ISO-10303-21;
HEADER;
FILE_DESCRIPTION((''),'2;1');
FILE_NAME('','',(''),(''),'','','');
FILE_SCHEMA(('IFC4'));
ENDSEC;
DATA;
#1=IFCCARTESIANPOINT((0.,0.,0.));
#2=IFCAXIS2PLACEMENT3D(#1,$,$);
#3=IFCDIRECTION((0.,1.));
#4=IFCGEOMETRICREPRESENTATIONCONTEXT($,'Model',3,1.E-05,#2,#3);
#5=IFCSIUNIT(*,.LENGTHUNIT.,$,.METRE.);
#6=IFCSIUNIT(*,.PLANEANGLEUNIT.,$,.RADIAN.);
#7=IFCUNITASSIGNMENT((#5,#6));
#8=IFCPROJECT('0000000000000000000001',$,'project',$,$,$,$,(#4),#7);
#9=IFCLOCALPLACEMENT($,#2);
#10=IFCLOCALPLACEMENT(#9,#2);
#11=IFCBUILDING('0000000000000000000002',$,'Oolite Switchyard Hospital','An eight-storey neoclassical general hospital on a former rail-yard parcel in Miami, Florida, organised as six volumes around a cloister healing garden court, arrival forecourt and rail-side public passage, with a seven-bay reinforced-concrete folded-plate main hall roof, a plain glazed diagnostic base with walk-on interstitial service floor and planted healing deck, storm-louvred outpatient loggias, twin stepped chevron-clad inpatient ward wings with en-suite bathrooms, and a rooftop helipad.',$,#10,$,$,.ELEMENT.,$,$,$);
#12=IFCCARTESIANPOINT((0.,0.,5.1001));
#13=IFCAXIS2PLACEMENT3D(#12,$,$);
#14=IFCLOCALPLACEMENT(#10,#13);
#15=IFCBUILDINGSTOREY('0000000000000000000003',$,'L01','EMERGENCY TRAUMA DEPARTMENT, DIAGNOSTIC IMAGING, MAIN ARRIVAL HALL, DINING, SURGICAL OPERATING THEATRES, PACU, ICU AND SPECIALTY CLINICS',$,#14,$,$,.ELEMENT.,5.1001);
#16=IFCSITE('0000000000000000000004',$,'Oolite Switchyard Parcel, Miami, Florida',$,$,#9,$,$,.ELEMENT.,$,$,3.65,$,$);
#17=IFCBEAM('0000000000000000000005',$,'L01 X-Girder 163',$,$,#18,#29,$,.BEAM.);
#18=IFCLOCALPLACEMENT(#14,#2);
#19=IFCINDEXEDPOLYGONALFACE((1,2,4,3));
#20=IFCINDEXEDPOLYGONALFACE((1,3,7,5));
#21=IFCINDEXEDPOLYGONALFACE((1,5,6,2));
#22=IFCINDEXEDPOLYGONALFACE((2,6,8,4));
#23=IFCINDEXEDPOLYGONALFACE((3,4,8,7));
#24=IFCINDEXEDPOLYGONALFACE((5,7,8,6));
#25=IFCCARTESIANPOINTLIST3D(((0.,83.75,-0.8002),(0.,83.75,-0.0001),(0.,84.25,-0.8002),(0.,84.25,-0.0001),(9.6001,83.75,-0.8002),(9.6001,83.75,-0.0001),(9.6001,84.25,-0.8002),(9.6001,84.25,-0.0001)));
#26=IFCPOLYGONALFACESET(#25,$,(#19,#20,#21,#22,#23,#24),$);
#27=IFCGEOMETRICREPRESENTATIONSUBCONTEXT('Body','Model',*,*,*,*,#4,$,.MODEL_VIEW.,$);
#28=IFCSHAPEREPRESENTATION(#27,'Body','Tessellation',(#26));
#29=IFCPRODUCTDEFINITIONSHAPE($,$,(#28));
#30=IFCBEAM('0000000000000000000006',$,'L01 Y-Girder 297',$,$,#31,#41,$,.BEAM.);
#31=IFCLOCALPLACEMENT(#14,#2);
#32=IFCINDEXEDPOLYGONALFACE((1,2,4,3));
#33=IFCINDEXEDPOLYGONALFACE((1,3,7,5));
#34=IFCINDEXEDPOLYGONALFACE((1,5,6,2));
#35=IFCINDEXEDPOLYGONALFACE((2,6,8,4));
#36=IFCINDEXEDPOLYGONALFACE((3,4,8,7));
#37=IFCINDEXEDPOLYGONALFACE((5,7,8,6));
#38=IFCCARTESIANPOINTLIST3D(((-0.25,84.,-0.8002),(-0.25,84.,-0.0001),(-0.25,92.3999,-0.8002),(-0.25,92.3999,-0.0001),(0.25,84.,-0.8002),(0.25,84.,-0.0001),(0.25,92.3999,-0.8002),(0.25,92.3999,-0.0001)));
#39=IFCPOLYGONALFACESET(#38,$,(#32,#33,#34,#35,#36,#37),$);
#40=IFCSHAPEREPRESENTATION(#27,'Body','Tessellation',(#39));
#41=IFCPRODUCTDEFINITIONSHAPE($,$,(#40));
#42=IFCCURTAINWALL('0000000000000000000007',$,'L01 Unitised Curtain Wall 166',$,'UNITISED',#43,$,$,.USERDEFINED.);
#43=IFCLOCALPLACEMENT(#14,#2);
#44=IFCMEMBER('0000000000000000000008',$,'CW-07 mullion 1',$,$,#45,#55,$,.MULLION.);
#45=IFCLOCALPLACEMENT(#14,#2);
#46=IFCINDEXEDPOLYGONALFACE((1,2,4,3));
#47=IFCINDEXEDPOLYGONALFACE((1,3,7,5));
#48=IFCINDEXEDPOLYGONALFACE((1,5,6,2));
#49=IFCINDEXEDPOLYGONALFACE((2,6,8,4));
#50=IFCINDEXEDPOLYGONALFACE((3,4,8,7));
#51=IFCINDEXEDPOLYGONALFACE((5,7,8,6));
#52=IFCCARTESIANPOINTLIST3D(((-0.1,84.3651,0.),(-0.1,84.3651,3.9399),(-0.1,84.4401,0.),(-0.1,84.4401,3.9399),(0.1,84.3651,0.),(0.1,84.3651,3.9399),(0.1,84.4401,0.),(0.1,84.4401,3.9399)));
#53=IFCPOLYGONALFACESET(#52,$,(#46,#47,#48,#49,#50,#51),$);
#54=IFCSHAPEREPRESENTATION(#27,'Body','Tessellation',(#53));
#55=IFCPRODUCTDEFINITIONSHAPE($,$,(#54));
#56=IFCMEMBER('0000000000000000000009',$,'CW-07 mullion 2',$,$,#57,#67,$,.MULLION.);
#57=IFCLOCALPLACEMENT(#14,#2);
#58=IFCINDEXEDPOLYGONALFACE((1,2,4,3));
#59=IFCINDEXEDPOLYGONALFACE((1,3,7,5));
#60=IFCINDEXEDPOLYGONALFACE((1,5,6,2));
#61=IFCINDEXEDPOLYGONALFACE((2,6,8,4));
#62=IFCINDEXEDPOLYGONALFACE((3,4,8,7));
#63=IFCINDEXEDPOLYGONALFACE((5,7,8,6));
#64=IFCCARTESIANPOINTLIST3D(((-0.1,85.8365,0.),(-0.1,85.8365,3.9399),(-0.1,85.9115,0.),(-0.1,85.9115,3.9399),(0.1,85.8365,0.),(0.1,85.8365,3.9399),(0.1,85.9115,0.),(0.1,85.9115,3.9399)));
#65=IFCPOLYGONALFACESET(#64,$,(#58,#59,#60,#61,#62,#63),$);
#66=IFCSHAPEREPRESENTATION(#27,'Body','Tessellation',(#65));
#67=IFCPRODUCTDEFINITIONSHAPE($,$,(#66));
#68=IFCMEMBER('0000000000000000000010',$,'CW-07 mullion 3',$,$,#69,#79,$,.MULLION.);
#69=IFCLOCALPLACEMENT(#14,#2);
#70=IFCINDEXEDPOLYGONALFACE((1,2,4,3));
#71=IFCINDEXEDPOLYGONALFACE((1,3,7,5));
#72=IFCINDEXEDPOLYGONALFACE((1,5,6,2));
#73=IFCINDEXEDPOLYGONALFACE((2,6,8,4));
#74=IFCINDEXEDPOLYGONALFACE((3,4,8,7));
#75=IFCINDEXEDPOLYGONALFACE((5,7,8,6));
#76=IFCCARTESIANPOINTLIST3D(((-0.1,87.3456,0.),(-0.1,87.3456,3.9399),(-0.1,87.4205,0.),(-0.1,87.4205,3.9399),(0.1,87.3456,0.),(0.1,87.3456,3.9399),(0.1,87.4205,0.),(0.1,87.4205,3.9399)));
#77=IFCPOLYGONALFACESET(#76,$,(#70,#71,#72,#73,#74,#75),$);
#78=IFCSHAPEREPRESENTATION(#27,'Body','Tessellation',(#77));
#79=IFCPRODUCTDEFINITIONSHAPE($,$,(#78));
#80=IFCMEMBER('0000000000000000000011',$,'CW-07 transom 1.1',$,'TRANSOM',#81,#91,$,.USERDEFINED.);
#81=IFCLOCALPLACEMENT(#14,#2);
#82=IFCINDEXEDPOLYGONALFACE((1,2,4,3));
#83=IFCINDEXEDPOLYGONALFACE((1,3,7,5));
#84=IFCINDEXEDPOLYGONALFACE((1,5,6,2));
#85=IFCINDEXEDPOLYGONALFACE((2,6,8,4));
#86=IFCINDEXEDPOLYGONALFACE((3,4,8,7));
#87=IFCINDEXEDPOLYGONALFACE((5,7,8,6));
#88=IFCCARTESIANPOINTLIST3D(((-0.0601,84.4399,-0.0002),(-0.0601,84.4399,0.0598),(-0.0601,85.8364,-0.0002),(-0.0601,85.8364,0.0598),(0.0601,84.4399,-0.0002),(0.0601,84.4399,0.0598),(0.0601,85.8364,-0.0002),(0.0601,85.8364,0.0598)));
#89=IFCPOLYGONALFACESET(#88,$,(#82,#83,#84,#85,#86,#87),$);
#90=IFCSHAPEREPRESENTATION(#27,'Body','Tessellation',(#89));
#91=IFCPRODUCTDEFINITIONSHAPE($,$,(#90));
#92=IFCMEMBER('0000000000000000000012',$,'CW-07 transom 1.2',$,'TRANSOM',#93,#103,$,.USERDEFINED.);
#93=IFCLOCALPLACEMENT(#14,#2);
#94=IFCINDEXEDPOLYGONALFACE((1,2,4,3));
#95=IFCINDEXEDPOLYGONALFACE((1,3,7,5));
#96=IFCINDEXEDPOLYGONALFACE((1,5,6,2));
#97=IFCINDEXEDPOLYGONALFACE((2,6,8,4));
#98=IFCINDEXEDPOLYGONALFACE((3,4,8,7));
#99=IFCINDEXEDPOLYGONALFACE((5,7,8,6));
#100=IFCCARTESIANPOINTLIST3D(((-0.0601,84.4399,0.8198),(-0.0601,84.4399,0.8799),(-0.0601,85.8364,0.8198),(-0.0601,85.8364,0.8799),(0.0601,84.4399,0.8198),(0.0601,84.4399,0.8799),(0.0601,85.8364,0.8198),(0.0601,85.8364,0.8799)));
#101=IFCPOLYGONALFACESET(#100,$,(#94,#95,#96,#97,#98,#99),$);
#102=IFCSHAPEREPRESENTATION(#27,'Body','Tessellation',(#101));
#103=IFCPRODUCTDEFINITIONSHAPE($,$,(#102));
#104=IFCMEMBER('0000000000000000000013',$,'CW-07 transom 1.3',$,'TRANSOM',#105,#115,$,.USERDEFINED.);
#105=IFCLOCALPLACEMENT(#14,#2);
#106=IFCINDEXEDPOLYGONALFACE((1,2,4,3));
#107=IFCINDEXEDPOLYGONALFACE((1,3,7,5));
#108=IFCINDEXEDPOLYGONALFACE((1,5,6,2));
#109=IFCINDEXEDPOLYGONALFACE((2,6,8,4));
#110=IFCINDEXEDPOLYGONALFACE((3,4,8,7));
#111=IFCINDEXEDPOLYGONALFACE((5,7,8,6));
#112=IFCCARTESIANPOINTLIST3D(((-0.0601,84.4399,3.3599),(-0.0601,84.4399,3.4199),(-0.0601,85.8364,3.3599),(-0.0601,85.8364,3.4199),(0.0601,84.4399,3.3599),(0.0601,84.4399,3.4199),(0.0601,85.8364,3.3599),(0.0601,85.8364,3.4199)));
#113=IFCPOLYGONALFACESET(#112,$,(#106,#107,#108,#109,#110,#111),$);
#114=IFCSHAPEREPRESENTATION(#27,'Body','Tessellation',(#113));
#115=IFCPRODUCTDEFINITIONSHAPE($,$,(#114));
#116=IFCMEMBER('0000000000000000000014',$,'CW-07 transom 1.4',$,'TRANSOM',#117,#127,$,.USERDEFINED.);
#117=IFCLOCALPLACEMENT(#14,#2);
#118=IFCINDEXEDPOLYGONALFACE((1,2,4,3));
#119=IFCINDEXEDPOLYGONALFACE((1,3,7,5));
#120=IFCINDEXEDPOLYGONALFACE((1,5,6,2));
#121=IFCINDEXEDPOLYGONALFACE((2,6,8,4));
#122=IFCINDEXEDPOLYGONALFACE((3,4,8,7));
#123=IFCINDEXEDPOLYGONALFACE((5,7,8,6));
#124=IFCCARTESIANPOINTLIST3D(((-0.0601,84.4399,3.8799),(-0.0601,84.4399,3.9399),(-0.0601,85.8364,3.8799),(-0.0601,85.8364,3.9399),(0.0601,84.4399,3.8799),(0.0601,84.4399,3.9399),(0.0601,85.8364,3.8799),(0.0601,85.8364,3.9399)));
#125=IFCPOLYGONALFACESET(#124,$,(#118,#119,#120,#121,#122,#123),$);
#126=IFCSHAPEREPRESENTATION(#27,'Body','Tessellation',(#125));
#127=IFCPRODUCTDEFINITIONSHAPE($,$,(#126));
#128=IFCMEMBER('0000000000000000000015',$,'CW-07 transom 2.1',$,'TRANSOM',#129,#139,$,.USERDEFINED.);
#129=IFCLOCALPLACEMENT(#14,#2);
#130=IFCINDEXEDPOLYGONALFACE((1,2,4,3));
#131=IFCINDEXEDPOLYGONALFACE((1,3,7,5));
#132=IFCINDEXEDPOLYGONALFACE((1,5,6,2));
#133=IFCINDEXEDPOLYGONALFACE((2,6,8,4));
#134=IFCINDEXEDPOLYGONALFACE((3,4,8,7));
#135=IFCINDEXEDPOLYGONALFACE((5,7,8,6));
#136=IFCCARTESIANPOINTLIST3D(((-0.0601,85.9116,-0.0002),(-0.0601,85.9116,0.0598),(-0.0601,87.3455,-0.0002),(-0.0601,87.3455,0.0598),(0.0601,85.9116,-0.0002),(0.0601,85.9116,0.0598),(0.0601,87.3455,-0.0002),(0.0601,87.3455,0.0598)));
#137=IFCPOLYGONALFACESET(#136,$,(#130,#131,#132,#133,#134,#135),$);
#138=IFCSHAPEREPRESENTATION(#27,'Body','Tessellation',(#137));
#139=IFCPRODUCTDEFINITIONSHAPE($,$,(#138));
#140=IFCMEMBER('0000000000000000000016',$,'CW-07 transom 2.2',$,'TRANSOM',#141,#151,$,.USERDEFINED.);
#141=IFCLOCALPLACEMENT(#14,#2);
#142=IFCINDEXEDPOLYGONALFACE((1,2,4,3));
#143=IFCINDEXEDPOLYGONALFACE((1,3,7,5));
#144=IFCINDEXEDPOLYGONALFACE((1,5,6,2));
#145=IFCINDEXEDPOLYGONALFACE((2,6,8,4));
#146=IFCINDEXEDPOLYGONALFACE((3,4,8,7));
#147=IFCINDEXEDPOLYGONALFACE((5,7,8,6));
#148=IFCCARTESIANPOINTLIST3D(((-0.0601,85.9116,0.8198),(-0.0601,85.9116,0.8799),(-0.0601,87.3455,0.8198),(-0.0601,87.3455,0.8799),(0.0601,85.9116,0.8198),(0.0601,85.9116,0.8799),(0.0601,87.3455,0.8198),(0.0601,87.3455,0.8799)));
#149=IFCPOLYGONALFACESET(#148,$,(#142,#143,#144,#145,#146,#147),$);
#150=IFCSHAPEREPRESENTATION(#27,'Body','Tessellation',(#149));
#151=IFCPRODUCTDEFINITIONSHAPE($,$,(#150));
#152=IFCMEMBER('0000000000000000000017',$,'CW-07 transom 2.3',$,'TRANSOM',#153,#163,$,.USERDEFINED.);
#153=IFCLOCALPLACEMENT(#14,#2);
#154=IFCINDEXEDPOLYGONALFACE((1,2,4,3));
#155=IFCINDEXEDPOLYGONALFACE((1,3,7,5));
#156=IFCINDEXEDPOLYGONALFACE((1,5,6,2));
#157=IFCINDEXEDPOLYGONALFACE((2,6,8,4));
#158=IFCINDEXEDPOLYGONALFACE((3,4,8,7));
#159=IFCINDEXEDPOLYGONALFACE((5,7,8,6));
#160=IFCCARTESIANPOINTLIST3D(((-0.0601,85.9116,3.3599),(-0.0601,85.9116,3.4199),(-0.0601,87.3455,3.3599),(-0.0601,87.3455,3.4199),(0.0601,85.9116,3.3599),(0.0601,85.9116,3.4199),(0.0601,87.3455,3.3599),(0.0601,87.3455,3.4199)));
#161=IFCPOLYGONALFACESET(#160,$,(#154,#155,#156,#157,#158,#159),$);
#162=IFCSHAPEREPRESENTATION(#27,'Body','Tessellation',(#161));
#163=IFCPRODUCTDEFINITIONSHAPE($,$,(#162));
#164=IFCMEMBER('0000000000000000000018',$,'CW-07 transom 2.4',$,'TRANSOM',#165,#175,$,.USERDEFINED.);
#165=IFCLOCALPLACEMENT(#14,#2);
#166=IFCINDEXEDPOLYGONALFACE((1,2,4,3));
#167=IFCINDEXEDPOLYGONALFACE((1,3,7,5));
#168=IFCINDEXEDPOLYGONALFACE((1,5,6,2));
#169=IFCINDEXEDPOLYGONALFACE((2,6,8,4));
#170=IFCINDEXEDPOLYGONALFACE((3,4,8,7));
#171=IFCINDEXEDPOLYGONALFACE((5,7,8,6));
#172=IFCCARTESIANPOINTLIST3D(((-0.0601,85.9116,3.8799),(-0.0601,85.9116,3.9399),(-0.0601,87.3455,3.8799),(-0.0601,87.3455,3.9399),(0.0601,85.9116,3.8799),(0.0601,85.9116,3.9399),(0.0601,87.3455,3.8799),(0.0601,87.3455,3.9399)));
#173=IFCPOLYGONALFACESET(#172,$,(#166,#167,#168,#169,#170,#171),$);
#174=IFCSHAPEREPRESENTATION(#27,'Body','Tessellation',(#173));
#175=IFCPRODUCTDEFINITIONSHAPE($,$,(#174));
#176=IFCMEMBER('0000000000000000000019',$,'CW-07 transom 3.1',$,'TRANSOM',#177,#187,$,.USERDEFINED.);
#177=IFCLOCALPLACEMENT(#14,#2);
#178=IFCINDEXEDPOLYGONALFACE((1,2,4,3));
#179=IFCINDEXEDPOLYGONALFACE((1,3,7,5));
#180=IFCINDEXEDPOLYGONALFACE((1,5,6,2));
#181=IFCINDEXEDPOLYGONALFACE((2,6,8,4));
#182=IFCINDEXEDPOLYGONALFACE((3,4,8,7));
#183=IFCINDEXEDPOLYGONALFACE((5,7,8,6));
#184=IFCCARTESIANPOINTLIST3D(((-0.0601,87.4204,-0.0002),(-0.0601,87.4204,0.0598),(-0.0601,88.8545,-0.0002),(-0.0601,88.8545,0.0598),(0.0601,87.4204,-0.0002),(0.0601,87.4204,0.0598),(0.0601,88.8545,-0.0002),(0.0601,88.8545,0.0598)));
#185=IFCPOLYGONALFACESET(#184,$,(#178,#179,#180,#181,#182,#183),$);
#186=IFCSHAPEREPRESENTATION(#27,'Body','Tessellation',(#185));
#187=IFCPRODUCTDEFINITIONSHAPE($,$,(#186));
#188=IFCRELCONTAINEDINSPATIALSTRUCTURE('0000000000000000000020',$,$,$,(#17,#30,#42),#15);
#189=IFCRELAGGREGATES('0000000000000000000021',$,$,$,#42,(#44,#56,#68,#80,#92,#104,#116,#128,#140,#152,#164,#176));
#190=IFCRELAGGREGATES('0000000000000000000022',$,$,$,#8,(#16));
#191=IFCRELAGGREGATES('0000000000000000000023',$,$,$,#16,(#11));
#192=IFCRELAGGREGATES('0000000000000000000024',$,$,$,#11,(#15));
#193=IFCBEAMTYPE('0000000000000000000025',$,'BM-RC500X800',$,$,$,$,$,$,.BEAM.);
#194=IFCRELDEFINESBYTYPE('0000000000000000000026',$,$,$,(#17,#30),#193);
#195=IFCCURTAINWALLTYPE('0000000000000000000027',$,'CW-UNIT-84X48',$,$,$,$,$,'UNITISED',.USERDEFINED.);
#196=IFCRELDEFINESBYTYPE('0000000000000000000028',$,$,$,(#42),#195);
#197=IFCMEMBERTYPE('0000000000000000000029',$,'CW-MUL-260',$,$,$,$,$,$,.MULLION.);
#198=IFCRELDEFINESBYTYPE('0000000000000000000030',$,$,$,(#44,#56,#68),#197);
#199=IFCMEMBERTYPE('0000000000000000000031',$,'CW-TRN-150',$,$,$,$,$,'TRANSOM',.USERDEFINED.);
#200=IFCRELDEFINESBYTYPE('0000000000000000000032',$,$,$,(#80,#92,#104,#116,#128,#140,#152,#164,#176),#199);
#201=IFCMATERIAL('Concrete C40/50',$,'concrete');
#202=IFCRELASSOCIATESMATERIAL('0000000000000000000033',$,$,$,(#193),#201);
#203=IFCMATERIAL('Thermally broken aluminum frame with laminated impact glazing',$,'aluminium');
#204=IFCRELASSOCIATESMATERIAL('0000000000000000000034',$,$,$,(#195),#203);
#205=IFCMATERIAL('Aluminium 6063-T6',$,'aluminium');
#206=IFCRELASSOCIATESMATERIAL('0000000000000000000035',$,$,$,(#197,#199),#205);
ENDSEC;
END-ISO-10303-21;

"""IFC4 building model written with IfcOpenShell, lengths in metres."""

from ifc_helpers import new_model, si_unit, direction, frame, origin, origin_2d, place, context, subcontext, project, spatial, rectangle, extrude, material, material_profile, profile_set, type_object, element, aggregate, save


model = new_model("IFC4")

# Units and contexts
model_context = context("Model", 3, precision=1e-05, world=origin(), true_north=direction((0.0, 1.0)))
body_context = subcontext(model_context, "Body", "Model", "MODEL_VIEW")
ifc_project = project(units=[si_unit("LENGTHUNIT", "METRE"), si_unit("PLANEANGLEUNIT", "RADIAN")], contexts=[model_context])

# Site, building, storey
site_placement = place(None, origin())
site = spatial("IfcSite", under=ifc_project, at=site_placement, Name="Oolite Switchyard Parcel, Miami, Florida", CompositionType="ELEMENT", RefElevation=3.65)
building_placement = place(site_placement, origin())
building = spatial("IfcBuilding", under=site, at=building_placement, Name="Oolite Switchyard Hospital", Description="An eight-storey neoclassical general hospital on a former rail-yard parcel in Miami, Florida, organised as six volumes around a cloister healing garden court, arrival forecourt and rail-side public passage, with a seven-bay reinforced-concrete folded-plate main hall roof, a plain glazed diagnostic base with walk-on interstitial service floor and planted healing deck, storm-louvred outpatient loggias, twin stepped chevron-clad inpatient ward wings with en-suite bathrooms, and a rooftop helipad.", CompositionType="ELEMENT")
storey_placement = place(building_placement, frame((0.0, 0.0, 5.1001)))
storey = spatial("IfcBuildingStorey", under=building, at=storey_placement, Name="L01", Description="EMERGENCY TRAUMA DEPARTMENT, DIAGNOSTIC IMAGING, MAIN ARRIVAL HALL, DINING, SURGICAL OPERATING THEATRES, PACU, ICU AND SPECIALTY CLINICS", CompositionType="ELEMENT", Elevation=5.1001)

# Beams
ifc_material_1 = material(Name="Concrete C40/50", Category="concrete")
ifc_material_profile_1 = material_profile(ifc_material_1, rectangle(XDim=0.5, YDim=0.8, at=origin_2d()), Name="RCB500X800")
ifc_profile_set_1 = profile_set([ifc_material_profile_1], Name="Concrete C40/50")
beam_type = type_object("IfcBeamType", Name="BM-RC500X800", PredefinedType="BEAM", material=ifc_profile_set_1)
beam_1_placement = place(storey_placement, frame((0.0, 84.0, -0.4001), z_axis=(1.0, 0.0, 0.0), x_axis=(0.0, 1.0, 0.0)))
element("IfcBeam", 1, at=beam_1_placement, inside=storey, type_object=beam_type, Name="L01 X-Girder 163", PredefinedType="BEAM", context=body_context, shape_type="SweptSolid", body=[
    extrude(rectangle(XDim=0.5, YDim=0.8, at=origin_2d()), origin(), (0.0, 0.0, 1.0), 9.6001),
])
beam_2_placement = place(storey_placement, frame((0.0, 84.0, -0.4001), z_axis=(0.0, 1.0, 0.0), x_axis=(-1.0, 0.0, 0.0)))
element("IfcBeam", 2, at=beam_2_placement, inside=storey, type_object=beam_type, Name="L01 Y-Girder 297", PredefinedType="BEAM", context=body_context, shape_type="SweptSolid", body=[
    extrude(rectangle(XDim=0.5, YDim=0.8, at=origin_2d()), origin(), (0.0, 0.0, 1.0), 8.3999),
])

# Curtain wall, members
ifc_material_2 = material(Name="Thermally broken aluminum frame with laminated impact glazing", Category="aluminium")
curtain_wall_type = type_object("IfcCurtainWallType", Name="CW-UNIT-84X48", ElementType="UNITISED", PredefinedType="USERDEFINED", material=ifc_material_2)
curtain_wall_placement = place(storey_placement, origin())
curtain_wall = element("IfcCurtainWall", 3, at=curtain_wall_placement, inside=storey, type_object=curtain_wall_type, Name="L01 Unitised Curtain Wall 166", ObjectType="UNITISED", PredefinedType="USERDEFINED")
ifc_material_3 = material(Name="Aluminium 6063-T6", Category="aluminium")
ifc_material_profile_2 = material_profile(ifc_material_3, rectangle(XDim=0.2, YDim=0.075, at=origin_2d()), Name="CWM75X200")
ifc_profile_set_2 = profile_set([ifc_material_profile_2], Name="Aluminium 6063-T6")
member_type_1 = type_object("IfcMemberType", Name="CW-MUL-260", PredefinedType="MULLION", material=ifc_profile_set_2)
member_1_placement = place(storey_placement, frame((0.0, 84.4026, 0.0), z_axis=(0.0, 0.0, 1.0), x_axis=(-1.0, 0.0, 0.0)))
member_1 = element("IfcMember", 4, at=member_1_placement, type_object=member_type_1, Name="CW-07 mullion 1", PredefinedType="MULLION", context=body_context, shape_type="SweptSolid", body=[
    extrude(rectangle(XDim=0.2, YDim=0.075, at=origin_2d()), origin(), (0.0, 0.0, 1.0), 3.9399),
])
member_2_placement = place(storey_placement, frame((0.0, 85.874, 0.0), z_axis=(0.0, 0.0, 1.0), x_axis=(-1.0, 0.0, 0.0)))
member_2 = element("IfcMember", 5, at=member_2_placement, type_object=member_type_1, Name="CW-07 mullion 2", PredefinedType="MULLION", context=body_context, shape_type="SweptSolid", body=[
    extrude(rectangle(XDim=0.2, YDim=0.075, at=origin_2d()), origin(), (0.0, 0.0, 1.0), 3.9399),
])
member_3_placement = place(storey_placement, frame((0.0, 87.3831, 0.0), z_axis=(0.0, 0.0, 1.0), x_axis=(-1.0, 0.0, 0.0)))
member_3 = element("IfcMember", 6, at=member_3_placement, type_object=member_type_1, Name="CW-07 mullion 3", PredefinedType="MULLION", context=body_context, shape_type="SweptSolid", body=[
    extrude(rectangle(XDim=0.2, YDim=0.075, at=origin_2d()), origin(), (0.0, 0.0, 1.0), 3.9399),
])
ifc_material_profile_3 = material_profile(ifc_material_3, rectangle(XDim=0.1201, YDim=0.0601, at=origin_2d()), Name="CWT60X120")
ifc_profile_set_3 = profile_set([ifc_material_profile_3], Name="Aluminium 6063-T6")
member_type_2 = type_object("IfcMemberType", Name="CW-TRN-150", ElementType="TRANSOM", PredefinedType="USERDEFINED", material=ifc_profile_set_3)
member_4_placement = place(storey_placement, frame((0.0, 84.4399, 0.0298), z_axis=(0.0, 1.0, 0.0), x_axis=(-1.0, 0.0, 0.0)))
member_4 = element("IfcMember", 7, at=member_4_placement, type_object=member_type_2, Name="CW-07 transom 1.1", ObjectType="TRANSOM", PredefinedType="USERDEFINED", context=body_context, shape_type="SweptSolid", body=[
    extrude(rectangle(XDim=0.1201, YDim=0.0601, at=origin_2d()), origin(), (0.0, 0.0, 1.0), 1.3965),
])
member_5_placement = place(storey_placement, frame((0.0, 84.4399, 0.8499), z_axis=(0.0, 1.0, 0.0), x_axis=(-1.0, 0.0, 0.0)))
member_5 = element("IfcMember", 8, at=member_5_placement, type_object=member_type_2, Name="CW-07 transom 1.2", ObjectType="TRANSOM", PredefinedType="USERDEFINED", context=body_context, shape_type="SweptSolid", body=[
    extrude(rectangle(XDim=0.1201, YDim=0.0601, at=origin_2d()), origin(), (0.0, 0.0, 1.0), 1.3965),
])
member_6_placement = place(storey_placement, frame((0.0, 84.4399, 3.3899), z_axis=(0.0, 1.0, 0.0), x_axis=(-1.0, 0.0, 0.0)))
member_6 = element("IfcMember", 9, at=member_6_placement, type_object=member_type_2, Name="CW-07 transom 1.3", ObjectType="TRANSOM", PredefinedType="USERDEFINED", context=body_context, shape_type="SweptSolid", body=[
    extrude(rectangle(XDim=0.1201, YDim=0.0601, at=origin_2d()), origin(), (0.0, 0.0, 1.0), 1.3965),
])
member_7_placement = place(storey_placement, frame((0.0, 84.4399, 3.9099), z_axis=(0.0, 1.0, 0.0), x_axis=(-1.0, 0.0, 0.0)))
member_7 = element("IfcMember", 10, at=member_7_placement, type_object=member_type_2, Name="CW-07 transom 1.4", ObjectType="TRANSOM", PredefinedType="USERDEFINED", context=body_context, shape_type="SweptSolid", body=[
    extrude(rectangle(XDim=0.1201, YDim=0.0601, at=origin_2d()), origin(), (0.0, 0.0, 1.0), 1.3965),
])
member_8_placement = place(storey_placement, frame((0.0, 85.9116, 0.0298), z_axis=(0.0, 1.0, 0.0), x_axis=(-1.0, 0.0, 0.0)))
member_8 = element("IfcMember", 11, at=member_8_placement, type_object=member_type_2, Name="CW-07 transom 2.1", ObjectType="TRANSOM", PredefinedType="USERDEFINED", context=body_context, shape_type="SweptSolid", body=[
    extrude(rectangle(XDim=0.1201, YDim=0.0601, at=origin_2d()), origin(), (0.0, 0.0, 1.0), 1.4338),
])
member_9_placement = place(storey_placement, frame((0.0, 85.9116, 0.8499), z_axis=(0.0, 1.0, 0.0), x_axis=(-1.0, 0.0, 0.0)))
member_9 = element("IfcMember", 12, at=member_9_placement, type_object=member_type_2, Name="CW-07 transom 2.2", ObjectType="TRANSOM", PredefinedType="USERDEFINED", context=body_context, shape_type="SweptSolid", body=[
    extrude(rectangle(XDim=0.1201, YDim=0.0601, at=origin_2d()), origin(), (0.0, 0.0, 1.0), 1.4338),
])
member_10_placement = place(storey_placement, frame((0.0, 85.9116, 3.3899), z_axis=(0.0, 1.0, 0.0), x_axis=(-1.0, 0.0, 0.0)))
member_10 = element("IfcMember", 13, at=member_10_placement, type_object=member_type_2, Name="CW-07 transom 2.3", ObjectType="TRANSOM", PredefinedType="USERDEFINED", context=body_context, shape_type="SweptSolid", body=[
    extrude(rectangle(XDim=0.1201, YDim=0.0601, at=origin_2d()), origin(), (0.0, 0.0, 1.0), 1.4338),
])
member_11_placement = place(storey_placement, frame((0.0, 85.9116, 3.9099), z_axis=(0.0, 1.0, 0.0), x_axis=(-1.0, 0.0, 0.0)))
member_11 = element("IfcMember", 14, at=member_11_placement, type_object=member_type_2, Name="CW-07 transom 2.4", ObjectType="TRANSOM", PredefinedType="USERDEFINED", context=body_context, shape_type="SweptSolid", body=[
    extrude(rectangle(XDim=0.1201, YDim=0.0601, at=origin_2d()), origin(), (0.0, 0.0, 1.0), 1.4338),
])
member_12_placement = place(storey_placement, frame((0.0, 87.4204, 0.0298), z_axis=(0.0, 1.0, 0.0), x_axis=(-1.0, 0.0, 0.0)))
member_12 = element("IfcMember", 15, at=member_12_placement, type_object=member_type_2, Name="CW-07 transom 3.1", ObjectType="TRANSOM", PredefinedType="USERDEFINED", context=body_context, shape_type="SweptSolid", body=[
    extrude(rectangle(XDim=0.1201, YDim=0.0601, at=origin_2d()), origin(), (0.0, 0.0, 1.0), 1.4341),
])
aggregate(curtain_wall, [member_1, member_2, member_3, member_4, member_5, member_6, member_7, member_8, member_9, member_10, member_11, member_12])

save(model, "model.ifc")
